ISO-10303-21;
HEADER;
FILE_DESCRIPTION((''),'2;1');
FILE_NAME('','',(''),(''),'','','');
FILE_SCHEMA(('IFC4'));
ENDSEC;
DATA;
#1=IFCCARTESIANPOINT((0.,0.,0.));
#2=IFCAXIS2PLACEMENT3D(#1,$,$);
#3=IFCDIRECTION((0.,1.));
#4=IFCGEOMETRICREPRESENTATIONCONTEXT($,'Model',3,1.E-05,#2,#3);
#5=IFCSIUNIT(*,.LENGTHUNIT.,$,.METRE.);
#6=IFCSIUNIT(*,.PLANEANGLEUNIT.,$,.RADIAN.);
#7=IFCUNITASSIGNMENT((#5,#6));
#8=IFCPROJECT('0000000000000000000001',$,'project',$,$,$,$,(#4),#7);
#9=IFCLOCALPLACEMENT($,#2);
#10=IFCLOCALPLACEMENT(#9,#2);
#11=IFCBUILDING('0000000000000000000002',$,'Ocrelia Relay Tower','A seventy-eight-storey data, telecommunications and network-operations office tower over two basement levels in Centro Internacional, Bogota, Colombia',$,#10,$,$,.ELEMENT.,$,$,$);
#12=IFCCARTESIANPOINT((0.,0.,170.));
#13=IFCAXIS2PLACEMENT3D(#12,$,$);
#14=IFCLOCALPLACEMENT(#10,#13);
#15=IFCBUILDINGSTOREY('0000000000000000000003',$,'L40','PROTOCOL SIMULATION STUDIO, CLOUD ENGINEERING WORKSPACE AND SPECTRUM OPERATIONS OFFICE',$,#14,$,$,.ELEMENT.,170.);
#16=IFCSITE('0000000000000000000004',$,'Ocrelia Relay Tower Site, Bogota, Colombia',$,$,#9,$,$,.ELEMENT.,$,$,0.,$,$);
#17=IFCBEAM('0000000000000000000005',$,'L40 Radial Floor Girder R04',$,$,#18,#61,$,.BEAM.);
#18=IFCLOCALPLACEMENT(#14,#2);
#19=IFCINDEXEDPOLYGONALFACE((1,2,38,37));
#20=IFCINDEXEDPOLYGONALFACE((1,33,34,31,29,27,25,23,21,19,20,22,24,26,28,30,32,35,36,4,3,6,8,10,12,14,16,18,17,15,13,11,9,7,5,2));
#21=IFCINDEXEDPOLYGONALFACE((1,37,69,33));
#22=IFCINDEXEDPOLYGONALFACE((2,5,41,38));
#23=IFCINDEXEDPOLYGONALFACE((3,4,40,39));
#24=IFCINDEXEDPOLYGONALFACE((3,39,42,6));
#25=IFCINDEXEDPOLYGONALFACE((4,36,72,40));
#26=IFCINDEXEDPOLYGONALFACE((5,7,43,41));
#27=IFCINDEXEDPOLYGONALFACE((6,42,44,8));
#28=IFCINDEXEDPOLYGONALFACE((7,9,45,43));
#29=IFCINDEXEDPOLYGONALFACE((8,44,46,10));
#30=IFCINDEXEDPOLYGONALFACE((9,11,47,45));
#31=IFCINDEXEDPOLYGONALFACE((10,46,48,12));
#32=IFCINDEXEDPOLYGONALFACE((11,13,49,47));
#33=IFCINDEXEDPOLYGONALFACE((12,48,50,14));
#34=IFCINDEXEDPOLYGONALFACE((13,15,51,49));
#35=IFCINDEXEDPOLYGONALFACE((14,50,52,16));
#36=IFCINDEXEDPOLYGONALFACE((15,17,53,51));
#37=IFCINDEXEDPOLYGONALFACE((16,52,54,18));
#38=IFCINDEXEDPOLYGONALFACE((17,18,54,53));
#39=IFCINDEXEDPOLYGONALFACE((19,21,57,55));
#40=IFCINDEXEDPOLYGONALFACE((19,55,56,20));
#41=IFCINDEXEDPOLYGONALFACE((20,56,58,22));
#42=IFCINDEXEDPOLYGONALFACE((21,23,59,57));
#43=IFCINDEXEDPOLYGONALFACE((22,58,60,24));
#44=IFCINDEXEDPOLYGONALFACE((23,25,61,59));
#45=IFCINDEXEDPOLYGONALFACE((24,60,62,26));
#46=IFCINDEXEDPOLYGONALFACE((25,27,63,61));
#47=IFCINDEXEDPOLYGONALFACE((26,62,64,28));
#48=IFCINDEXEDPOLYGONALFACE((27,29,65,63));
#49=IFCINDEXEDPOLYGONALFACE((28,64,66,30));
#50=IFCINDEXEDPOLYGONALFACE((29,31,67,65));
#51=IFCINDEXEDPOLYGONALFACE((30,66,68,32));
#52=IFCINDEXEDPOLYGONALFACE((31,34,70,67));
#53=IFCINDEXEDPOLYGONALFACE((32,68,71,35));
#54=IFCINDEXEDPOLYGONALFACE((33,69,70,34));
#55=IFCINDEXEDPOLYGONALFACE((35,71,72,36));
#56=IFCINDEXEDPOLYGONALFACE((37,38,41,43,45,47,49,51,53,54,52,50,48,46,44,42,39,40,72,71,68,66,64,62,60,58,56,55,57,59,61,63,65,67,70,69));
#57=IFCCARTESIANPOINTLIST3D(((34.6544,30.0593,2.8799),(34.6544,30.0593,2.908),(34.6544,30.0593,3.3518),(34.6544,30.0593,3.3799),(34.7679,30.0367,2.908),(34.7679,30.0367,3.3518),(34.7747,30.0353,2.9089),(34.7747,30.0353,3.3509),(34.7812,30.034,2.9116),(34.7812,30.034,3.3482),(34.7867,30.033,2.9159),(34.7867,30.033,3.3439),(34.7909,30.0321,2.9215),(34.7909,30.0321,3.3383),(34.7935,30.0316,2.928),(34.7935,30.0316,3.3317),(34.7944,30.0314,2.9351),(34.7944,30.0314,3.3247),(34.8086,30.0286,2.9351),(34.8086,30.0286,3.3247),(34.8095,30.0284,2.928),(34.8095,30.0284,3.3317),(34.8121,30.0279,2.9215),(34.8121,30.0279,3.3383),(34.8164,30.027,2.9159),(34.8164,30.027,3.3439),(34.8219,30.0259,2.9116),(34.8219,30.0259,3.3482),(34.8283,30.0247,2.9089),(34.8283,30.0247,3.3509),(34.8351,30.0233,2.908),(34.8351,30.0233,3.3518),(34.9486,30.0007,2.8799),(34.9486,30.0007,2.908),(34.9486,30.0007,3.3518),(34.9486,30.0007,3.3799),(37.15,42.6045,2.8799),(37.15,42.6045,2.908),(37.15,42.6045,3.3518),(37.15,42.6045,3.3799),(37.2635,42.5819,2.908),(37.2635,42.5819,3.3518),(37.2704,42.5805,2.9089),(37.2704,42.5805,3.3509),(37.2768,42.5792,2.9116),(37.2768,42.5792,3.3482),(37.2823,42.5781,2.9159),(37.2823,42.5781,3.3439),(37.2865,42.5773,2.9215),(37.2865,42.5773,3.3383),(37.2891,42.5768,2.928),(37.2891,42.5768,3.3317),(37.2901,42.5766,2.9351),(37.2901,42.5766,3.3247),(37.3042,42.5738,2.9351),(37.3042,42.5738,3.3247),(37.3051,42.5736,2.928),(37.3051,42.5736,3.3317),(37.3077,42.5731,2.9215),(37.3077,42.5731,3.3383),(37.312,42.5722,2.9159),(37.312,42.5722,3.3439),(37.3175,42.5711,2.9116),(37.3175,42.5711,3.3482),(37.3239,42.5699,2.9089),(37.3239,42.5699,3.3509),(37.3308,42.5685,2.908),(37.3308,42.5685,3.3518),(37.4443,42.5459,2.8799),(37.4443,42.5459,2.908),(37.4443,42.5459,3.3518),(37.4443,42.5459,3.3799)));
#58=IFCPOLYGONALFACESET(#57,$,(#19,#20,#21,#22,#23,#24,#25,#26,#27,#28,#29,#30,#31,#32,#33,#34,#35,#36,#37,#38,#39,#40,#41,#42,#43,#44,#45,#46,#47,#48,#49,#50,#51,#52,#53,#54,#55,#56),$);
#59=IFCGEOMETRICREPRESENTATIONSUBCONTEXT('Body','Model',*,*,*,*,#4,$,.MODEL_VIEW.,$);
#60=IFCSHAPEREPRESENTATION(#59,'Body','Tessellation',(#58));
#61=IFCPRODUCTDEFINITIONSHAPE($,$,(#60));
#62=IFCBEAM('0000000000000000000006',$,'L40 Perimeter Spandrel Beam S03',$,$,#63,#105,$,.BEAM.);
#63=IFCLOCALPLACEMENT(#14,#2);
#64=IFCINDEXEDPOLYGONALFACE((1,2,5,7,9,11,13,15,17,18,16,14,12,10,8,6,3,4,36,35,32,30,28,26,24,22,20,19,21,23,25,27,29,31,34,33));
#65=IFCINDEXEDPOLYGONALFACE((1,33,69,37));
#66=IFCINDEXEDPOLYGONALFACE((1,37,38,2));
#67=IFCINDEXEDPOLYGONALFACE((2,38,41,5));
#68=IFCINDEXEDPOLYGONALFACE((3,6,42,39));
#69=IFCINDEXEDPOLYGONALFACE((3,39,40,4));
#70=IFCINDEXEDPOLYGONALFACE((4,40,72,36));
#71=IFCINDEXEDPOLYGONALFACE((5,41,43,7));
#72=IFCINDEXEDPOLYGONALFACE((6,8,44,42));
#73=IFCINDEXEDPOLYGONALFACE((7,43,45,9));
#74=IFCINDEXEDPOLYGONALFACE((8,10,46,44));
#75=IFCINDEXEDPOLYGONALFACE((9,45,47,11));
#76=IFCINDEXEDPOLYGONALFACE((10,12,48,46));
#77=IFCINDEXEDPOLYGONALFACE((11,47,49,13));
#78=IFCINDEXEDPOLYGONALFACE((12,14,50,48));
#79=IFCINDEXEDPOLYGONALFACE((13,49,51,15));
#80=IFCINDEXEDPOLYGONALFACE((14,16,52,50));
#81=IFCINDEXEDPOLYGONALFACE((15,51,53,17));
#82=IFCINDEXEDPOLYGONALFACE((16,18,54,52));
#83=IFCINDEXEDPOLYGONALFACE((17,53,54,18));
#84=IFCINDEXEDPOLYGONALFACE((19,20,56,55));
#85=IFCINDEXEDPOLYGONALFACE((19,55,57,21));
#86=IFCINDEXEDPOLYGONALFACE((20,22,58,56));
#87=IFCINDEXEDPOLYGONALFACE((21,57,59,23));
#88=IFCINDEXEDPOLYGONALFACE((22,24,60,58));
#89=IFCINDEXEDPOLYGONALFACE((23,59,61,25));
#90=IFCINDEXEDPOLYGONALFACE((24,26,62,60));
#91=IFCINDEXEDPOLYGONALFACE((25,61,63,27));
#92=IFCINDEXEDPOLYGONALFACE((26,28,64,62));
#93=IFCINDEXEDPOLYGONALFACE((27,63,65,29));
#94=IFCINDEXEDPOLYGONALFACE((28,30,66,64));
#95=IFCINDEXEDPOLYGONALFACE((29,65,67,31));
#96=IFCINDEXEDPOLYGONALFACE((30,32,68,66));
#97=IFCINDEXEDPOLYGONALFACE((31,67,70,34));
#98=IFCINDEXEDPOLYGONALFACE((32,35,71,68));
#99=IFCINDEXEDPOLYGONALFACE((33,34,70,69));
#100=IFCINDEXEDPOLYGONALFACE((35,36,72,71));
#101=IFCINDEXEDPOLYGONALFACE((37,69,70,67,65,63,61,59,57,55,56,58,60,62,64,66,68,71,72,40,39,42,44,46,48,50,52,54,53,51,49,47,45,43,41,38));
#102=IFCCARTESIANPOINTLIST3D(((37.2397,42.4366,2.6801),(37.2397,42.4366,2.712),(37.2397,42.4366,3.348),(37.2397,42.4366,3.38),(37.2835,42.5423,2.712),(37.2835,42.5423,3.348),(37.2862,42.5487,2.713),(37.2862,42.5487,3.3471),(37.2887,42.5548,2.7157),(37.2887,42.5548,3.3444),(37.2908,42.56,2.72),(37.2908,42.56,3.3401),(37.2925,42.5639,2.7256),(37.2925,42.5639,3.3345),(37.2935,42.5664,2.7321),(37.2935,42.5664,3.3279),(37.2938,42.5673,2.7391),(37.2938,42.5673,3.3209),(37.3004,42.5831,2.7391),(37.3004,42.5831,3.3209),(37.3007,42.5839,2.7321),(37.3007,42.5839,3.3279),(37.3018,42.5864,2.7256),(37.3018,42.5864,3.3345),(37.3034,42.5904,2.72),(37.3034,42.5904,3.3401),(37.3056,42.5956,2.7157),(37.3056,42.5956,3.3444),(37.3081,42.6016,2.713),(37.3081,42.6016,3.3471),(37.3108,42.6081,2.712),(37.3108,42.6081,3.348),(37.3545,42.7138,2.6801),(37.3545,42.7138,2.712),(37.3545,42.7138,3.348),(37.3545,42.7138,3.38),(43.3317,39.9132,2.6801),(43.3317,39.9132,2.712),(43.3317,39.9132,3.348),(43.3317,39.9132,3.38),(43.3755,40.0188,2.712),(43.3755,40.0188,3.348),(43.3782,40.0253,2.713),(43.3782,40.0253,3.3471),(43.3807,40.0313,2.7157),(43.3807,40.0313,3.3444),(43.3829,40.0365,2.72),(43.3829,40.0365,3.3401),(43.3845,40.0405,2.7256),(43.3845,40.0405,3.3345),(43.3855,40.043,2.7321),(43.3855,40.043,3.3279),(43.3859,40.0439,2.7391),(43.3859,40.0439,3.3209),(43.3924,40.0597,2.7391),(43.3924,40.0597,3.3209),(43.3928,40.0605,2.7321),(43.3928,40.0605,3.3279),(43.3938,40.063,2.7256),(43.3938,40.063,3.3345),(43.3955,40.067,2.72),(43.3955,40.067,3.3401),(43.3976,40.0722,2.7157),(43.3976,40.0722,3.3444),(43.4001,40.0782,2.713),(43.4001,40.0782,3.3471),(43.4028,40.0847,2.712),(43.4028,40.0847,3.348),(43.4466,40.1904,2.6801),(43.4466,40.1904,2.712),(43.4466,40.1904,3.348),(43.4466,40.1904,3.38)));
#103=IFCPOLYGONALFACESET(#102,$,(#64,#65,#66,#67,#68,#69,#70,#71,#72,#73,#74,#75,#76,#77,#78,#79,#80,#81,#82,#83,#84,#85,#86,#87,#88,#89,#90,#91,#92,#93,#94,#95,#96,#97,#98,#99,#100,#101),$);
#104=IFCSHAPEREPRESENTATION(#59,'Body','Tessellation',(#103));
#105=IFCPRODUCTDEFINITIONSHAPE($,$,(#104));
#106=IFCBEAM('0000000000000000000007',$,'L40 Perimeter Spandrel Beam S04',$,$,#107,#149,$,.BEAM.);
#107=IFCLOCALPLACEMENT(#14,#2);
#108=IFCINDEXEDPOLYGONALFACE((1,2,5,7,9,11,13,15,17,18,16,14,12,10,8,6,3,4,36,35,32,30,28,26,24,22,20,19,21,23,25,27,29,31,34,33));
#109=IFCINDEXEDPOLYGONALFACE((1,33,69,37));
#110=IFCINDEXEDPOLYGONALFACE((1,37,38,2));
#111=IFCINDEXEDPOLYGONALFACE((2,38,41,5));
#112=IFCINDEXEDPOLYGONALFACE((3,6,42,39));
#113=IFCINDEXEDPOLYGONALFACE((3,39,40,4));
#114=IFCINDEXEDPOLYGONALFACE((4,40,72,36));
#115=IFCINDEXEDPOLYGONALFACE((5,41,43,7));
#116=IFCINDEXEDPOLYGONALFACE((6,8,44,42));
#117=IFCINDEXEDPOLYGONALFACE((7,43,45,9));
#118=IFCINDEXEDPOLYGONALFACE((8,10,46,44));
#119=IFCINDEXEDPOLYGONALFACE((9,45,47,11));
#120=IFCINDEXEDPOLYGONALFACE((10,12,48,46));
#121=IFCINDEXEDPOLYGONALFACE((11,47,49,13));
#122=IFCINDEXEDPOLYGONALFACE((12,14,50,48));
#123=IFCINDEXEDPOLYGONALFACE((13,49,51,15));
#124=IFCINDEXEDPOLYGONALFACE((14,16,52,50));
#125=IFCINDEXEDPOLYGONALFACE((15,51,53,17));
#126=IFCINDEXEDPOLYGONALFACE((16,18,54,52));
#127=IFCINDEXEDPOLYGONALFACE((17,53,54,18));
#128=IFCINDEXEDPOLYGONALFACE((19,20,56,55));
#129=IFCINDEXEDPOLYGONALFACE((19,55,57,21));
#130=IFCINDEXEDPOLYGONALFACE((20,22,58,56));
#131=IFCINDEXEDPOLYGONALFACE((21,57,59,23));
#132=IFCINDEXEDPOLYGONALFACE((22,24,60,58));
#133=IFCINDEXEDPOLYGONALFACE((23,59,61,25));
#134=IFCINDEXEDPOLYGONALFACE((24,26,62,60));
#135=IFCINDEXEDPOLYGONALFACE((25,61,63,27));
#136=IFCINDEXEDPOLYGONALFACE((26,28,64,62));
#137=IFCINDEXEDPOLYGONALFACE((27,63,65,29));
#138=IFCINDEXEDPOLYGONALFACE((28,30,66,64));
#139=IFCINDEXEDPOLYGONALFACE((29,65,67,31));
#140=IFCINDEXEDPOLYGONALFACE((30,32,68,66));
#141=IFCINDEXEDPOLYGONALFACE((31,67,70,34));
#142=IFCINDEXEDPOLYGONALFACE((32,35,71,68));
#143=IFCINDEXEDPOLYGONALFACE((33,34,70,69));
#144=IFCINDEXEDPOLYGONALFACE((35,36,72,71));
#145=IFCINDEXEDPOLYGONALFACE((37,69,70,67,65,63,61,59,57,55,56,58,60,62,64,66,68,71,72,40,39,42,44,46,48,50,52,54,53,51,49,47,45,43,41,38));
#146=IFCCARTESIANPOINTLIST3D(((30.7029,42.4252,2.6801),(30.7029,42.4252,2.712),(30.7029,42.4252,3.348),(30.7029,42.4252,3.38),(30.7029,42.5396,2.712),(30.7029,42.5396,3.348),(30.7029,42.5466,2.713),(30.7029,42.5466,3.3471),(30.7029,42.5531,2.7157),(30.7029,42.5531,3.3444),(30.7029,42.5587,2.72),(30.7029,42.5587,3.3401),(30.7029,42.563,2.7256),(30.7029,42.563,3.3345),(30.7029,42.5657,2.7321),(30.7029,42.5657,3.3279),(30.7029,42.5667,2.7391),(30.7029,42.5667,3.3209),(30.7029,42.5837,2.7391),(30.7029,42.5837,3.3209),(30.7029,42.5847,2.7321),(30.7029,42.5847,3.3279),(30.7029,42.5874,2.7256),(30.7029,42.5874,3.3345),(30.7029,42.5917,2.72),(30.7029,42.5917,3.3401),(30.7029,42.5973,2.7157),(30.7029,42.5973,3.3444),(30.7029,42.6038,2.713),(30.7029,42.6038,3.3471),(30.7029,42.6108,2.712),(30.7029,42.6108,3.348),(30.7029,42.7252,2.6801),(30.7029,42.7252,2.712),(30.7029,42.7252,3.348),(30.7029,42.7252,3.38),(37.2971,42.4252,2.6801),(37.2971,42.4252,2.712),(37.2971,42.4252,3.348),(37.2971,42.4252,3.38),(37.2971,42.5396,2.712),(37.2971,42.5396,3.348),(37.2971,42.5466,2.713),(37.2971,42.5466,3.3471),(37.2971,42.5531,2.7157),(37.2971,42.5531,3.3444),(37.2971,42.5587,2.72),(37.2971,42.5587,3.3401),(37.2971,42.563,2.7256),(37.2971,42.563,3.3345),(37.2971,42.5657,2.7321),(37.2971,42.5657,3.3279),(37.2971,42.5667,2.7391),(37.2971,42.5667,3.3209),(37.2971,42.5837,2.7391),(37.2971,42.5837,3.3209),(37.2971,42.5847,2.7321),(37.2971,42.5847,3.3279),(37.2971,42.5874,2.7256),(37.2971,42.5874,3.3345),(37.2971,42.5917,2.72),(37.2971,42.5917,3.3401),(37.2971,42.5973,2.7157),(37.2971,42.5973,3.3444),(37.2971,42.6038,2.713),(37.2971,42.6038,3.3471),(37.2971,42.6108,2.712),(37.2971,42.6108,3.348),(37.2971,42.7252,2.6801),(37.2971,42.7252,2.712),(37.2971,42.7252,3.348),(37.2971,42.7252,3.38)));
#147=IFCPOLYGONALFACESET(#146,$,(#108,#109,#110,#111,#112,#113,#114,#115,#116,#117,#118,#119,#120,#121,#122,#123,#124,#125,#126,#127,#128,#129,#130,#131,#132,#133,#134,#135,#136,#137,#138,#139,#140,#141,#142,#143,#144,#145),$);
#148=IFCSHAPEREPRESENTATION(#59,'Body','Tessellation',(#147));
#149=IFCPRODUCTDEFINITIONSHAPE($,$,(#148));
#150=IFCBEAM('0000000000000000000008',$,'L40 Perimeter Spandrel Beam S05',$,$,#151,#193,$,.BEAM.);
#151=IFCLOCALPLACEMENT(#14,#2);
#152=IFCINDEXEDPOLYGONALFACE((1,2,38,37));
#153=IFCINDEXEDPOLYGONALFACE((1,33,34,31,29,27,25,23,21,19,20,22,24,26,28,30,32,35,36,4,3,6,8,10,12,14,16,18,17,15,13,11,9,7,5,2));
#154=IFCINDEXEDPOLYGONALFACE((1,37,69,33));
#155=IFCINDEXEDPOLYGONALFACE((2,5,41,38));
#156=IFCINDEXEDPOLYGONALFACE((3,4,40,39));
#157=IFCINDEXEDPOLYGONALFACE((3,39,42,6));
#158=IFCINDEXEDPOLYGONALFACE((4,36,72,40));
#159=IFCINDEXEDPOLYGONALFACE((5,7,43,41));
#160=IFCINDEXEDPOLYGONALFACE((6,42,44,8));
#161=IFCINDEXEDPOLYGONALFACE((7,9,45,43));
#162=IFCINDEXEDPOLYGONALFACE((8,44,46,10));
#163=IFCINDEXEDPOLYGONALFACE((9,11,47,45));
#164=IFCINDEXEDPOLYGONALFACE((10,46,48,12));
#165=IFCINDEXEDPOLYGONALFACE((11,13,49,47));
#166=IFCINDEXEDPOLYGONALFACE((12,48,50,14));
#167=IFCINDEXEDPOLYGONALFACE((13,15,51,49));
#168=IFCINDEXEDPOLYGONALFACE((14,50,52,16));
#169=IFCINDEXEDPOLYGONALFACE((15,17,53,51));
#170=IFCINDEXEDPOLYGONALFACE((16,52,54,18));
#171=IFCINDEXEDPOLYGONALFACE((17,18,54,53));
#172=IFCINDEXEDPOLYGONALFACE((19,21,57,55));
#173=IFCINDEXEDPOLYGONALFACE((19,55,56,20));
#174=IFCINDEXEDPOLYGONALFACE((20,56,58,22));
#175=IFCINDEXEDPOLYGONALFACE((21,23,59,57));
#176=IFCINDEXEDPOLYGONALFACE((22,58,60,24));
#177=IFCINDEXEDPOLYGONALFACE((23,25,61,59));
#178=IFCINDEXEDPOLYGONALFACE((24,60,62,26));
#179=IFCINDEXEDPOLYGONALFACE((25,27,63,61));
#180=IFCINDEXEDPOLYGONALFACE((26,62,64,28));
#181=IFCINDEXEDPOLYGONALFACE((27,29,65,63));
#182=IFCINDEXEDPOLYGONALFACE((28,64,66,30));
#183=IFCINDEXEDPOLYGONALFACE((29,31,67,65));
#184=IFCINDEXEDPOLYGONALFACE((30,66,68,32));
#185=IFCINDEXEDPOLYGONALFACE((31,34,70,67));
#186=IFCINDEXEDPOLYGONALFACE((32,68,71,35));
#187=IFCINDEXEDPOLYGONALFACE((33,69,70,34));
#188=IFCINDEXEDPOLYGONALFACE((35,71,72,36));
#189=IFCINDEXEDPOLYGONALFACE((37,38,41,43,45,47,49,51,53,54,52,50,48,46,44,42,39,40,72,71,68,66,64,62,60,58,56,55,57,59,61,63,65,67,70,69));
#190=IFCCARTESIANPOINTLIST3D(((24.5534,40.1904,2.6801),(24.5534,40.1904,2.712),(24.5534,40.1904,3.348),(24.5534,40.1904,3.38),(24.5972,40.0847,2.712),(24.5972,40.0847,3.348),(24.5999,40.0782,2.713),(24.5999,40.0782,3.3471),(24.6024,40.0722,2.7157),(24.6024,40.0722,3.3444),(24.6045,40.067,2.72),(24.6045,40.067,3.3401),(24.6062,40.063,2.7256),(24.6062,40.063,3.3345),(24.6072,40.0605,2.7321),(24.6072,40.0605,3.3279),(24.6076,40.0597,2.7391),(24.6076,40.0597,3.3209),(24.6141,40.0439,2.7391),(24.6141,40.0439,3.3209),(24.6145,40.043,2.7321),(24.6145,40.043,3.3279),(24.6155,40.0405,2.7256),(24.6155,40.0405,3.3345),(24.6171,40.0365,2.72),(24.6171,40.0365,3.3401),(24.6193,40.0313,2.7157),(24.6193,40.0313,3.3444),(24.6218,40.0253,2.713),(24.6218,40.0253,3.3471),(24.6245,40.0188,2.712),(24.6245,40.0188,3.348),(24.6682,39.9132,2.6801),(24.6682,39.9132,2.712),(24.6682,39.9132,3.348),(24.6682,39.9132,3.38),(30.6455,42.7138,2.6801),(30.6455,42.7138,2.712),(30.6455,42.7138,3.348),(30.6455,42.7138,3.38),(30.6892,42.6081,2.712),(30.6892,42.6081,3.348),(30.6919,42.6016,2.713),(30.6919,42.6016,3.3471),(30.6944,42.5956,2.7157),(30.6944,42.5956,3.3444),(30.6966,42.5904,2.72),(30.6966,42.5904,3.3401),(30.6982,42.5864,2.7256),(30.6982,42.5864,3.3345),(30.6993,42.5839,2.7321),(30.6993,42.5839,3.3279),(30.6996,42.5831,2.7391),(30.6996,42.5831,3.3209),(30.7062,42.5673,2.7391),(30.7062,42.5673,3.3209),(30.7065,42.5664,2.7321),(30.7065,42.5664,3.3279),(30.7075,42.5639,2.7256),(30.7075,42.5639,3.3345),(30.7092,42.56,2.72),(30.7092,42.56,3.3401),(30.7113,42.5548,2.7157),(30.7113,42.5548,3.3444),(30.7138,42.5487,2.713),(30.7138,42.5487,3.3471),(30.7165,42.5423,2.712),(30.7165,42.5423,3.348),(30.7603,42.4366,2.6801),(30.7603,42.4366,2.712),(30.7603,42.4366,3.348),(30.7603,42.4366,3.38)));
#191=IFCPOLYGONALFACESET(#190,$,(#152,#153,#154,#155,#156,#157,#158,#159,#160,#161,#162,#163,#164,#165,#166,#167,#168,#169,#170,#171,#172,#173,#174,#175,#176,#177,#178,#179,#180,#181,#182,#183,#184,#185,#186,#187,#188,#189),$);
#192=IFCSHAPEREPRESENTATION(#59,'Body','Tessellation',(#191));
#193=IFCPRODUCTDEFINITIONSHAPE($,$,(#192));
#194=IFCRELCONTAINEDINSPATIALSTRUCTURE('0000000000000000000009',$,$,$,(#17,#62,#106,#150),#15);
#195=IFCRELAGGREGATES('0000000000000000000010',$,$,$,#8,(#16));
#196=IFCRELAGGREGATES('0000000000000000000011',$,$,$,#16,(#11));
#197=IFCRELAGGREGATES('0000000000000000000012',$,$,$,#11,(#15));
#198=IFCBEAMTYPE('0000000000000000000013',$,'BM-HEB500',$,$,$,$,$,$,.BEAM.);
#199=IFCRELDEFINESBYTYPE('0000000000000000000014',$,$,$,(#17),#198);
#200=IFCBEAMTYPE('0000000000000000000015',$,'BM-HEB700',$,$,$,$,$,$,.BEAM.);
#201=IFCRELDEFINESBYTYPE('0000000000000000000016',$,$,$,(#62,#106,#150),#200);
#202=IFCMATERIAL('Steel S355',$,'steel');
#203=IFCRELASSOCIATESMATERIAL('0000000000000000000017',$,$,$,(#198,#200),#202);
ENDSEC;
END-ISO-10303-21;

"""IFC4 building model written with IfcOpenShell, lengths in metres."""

from ifc_helpers import new_model, si_unit, direction, frame, origin, origin_2d, place, context, subcontext, project, spatial, i_section, extrude, material, material_profile, profile_set, type_object, element, save


model = new_model("IFC4")

# Units and contexts
model_context = context("Model", 3, precision=1e-05, world=origin(), true_north=direction((0.0, 1.0)))
body_context = subcontext(model_context, "Body", "Model", "MODEL_VIEW")
ifc_project = project(units=[si_unit("LENGTHUNIT", "METRE"), si_unit("PLANEANGLEUNIT", "RADIAN")], contexts=[model_context])

# Site, building, storey
site_placement = place(None, origin())
site = spatial("IfcSite", under=ifc_project, at=site_placement, Name="Ocrelia Relay Tower Site, Bogota, Colombia", CompositionType="ELEMENT", RefElevation=0.0)
building_placement = place(site_placement, origin())
building = spatial("IfcBuilding", under=site, at=building_placement, Name="Ocrelia Relay Tower", Description="A seventy-eight-storey data, telecommunications and network-operations office tower over two basement levels in Centro Internacional, Bogota, Colombia", CompositionType="ELEMENT")
storey_placement = place(building_placement, frame((0.0, 0.0, 170.0)))
storey = spatial("IfcBuildingStorey", under=building, at=storey_placement, Name="L40", Description="PROTOCOL SIMULATION STUDIO, CLOUD ENGINEERING WORKSPACE AND SPECTRUM OPERATIONS OFFICE", CompositionType="ELEMENT", Elevation=170.0)

# Beams
ifc_material_1 = material(Name="Steel S355", Category="steel")
ifc_material_profile_1 = material_profile(ifc_material_1, i_section(OverallWidth=0.3, OverallDepth=0.5, WebThickness=0.0144, FlangeThickness=0.0281, FilletRadius=0.0271, at=origin_2d()), Name="HEB 500")
ifc_profile_set_1 = profile_set([ifc_material_profile_1], Name="Steel S355")
beam_type_1 = type_object("IfcBeamType", Name="BM-HEB500", PredefinedType="BEAM", material=ifc_profile_set_1)
beam_1_placement = place(storey_placement, frame((37.2971, 42.5752, 3.1299), z_axis=(-0.195107, -0.980782, 0.0), x_axis=(0.980782, -0.195107, 0.0)))
element("IfcBeam", 1, at=beam_1_placement, inside=storey, type_object=beam_type_1, Name="L40 Radial Floor Girder R04", PredefinedType="BEAM", context=body_context, shape_type="SweptSolid", body=[
    extrude(i_section(OverallWidth=0.3, OverallDepth=0.5, WebThickness=0.0144, FlangeThickness=0.0281, FilletRadius=0.0271, at=origin_2d()), origin(), (0.0, 0.0, 1.0), 12.791),
])
ifc_material_profile_2 = material_profile(ifc_material_1, i_section(OverallWidth=0.3, OverallDepth=0.7, WebThickness=0.0171, FlangeThickness=0.032, FilletRadius=0.0271, at=origin_2d()), Name="HEB 700")
ifc_profile_set_2 = profile_set([ifc_material_profile_2], Name="Steel S355")
beam_type_2 = type_object("IfcBeamType", Name="BM-HEB700", PredefinedType="BEAM", material=ifc_profile_set_2)
beam_2_placement = place(storey_placement, frame((43.3892, 40.0518, 3.03), z_axis=(-0.923878, 0.382688, 0.0), x_axis=(-0.382688, -0.923878, 0.0)))
element("IfcBeam", 2, at=beam_2_placement, inside=storey, type_object=beam_type_2, Name="L40 Perimeter Spandrel Beam S03", PredefinedType="BEAM", context=body_context, shape_type="SweptSolid", body=[
    extrude(i_section(OverallWidth=0.3, OverallDepth=0.7, WebThickness=0.0171, FlangeThickness=0.032, FilletRadius=0.0271, at=origin_2d()), origin(), (0.0, 0.0, 1.0), 6.594),
])
beam_3_placement = place(storey_placement, frame((37.2971, 42.5752, 3.03), z_axis=(-1.0, 0.0, 0.0), x_axis=(0.0, -1.0, 0.0)))
element("IfcBeam", 3, at=beam_3_placement, inside=storey, type_object=beam_type_2, Name="L40 Perimeter Spandrel Beam S04", PredefinedType="BEAM", context=body_context, shape_type="SweptSolid", body=[
    extrude(i_section(OverallWidth=0.3, OverallDepth=0.7, WebThickness=0.0171, FlangeThickness=0.032, FilletRadius=0.0271, at=origin_2d()), origin(), (0.0, 0.0, 1.0), 6.5942),
])
beam_4_placement = place(storey_placement, frame((30.7029, 42.5752, 3.03), z_axis=(-0.923878, -0.382688, 0.0), x_axis=(0.382688, -0.923878, 0.0)))
element("IfcBeam", 4, at=beam_4_placement, inside=storey, type_object=beam_type_2, Name="L40 Perimeter Spandrel Beam S05", PredefinedType="BEAM", context=body_context, shape_type="SweptSolid", body=[
    extrude(i_section(OverallWidth=0.3, OverallDepth=0.7, WebThickness=0.0171, FlangeThickness=0.032, FilletRadius=0.0271, at=origin_2d()), origin(), (0.0, 0.0, 1.0), 6.594),
])

save(model, "model.ifc")
